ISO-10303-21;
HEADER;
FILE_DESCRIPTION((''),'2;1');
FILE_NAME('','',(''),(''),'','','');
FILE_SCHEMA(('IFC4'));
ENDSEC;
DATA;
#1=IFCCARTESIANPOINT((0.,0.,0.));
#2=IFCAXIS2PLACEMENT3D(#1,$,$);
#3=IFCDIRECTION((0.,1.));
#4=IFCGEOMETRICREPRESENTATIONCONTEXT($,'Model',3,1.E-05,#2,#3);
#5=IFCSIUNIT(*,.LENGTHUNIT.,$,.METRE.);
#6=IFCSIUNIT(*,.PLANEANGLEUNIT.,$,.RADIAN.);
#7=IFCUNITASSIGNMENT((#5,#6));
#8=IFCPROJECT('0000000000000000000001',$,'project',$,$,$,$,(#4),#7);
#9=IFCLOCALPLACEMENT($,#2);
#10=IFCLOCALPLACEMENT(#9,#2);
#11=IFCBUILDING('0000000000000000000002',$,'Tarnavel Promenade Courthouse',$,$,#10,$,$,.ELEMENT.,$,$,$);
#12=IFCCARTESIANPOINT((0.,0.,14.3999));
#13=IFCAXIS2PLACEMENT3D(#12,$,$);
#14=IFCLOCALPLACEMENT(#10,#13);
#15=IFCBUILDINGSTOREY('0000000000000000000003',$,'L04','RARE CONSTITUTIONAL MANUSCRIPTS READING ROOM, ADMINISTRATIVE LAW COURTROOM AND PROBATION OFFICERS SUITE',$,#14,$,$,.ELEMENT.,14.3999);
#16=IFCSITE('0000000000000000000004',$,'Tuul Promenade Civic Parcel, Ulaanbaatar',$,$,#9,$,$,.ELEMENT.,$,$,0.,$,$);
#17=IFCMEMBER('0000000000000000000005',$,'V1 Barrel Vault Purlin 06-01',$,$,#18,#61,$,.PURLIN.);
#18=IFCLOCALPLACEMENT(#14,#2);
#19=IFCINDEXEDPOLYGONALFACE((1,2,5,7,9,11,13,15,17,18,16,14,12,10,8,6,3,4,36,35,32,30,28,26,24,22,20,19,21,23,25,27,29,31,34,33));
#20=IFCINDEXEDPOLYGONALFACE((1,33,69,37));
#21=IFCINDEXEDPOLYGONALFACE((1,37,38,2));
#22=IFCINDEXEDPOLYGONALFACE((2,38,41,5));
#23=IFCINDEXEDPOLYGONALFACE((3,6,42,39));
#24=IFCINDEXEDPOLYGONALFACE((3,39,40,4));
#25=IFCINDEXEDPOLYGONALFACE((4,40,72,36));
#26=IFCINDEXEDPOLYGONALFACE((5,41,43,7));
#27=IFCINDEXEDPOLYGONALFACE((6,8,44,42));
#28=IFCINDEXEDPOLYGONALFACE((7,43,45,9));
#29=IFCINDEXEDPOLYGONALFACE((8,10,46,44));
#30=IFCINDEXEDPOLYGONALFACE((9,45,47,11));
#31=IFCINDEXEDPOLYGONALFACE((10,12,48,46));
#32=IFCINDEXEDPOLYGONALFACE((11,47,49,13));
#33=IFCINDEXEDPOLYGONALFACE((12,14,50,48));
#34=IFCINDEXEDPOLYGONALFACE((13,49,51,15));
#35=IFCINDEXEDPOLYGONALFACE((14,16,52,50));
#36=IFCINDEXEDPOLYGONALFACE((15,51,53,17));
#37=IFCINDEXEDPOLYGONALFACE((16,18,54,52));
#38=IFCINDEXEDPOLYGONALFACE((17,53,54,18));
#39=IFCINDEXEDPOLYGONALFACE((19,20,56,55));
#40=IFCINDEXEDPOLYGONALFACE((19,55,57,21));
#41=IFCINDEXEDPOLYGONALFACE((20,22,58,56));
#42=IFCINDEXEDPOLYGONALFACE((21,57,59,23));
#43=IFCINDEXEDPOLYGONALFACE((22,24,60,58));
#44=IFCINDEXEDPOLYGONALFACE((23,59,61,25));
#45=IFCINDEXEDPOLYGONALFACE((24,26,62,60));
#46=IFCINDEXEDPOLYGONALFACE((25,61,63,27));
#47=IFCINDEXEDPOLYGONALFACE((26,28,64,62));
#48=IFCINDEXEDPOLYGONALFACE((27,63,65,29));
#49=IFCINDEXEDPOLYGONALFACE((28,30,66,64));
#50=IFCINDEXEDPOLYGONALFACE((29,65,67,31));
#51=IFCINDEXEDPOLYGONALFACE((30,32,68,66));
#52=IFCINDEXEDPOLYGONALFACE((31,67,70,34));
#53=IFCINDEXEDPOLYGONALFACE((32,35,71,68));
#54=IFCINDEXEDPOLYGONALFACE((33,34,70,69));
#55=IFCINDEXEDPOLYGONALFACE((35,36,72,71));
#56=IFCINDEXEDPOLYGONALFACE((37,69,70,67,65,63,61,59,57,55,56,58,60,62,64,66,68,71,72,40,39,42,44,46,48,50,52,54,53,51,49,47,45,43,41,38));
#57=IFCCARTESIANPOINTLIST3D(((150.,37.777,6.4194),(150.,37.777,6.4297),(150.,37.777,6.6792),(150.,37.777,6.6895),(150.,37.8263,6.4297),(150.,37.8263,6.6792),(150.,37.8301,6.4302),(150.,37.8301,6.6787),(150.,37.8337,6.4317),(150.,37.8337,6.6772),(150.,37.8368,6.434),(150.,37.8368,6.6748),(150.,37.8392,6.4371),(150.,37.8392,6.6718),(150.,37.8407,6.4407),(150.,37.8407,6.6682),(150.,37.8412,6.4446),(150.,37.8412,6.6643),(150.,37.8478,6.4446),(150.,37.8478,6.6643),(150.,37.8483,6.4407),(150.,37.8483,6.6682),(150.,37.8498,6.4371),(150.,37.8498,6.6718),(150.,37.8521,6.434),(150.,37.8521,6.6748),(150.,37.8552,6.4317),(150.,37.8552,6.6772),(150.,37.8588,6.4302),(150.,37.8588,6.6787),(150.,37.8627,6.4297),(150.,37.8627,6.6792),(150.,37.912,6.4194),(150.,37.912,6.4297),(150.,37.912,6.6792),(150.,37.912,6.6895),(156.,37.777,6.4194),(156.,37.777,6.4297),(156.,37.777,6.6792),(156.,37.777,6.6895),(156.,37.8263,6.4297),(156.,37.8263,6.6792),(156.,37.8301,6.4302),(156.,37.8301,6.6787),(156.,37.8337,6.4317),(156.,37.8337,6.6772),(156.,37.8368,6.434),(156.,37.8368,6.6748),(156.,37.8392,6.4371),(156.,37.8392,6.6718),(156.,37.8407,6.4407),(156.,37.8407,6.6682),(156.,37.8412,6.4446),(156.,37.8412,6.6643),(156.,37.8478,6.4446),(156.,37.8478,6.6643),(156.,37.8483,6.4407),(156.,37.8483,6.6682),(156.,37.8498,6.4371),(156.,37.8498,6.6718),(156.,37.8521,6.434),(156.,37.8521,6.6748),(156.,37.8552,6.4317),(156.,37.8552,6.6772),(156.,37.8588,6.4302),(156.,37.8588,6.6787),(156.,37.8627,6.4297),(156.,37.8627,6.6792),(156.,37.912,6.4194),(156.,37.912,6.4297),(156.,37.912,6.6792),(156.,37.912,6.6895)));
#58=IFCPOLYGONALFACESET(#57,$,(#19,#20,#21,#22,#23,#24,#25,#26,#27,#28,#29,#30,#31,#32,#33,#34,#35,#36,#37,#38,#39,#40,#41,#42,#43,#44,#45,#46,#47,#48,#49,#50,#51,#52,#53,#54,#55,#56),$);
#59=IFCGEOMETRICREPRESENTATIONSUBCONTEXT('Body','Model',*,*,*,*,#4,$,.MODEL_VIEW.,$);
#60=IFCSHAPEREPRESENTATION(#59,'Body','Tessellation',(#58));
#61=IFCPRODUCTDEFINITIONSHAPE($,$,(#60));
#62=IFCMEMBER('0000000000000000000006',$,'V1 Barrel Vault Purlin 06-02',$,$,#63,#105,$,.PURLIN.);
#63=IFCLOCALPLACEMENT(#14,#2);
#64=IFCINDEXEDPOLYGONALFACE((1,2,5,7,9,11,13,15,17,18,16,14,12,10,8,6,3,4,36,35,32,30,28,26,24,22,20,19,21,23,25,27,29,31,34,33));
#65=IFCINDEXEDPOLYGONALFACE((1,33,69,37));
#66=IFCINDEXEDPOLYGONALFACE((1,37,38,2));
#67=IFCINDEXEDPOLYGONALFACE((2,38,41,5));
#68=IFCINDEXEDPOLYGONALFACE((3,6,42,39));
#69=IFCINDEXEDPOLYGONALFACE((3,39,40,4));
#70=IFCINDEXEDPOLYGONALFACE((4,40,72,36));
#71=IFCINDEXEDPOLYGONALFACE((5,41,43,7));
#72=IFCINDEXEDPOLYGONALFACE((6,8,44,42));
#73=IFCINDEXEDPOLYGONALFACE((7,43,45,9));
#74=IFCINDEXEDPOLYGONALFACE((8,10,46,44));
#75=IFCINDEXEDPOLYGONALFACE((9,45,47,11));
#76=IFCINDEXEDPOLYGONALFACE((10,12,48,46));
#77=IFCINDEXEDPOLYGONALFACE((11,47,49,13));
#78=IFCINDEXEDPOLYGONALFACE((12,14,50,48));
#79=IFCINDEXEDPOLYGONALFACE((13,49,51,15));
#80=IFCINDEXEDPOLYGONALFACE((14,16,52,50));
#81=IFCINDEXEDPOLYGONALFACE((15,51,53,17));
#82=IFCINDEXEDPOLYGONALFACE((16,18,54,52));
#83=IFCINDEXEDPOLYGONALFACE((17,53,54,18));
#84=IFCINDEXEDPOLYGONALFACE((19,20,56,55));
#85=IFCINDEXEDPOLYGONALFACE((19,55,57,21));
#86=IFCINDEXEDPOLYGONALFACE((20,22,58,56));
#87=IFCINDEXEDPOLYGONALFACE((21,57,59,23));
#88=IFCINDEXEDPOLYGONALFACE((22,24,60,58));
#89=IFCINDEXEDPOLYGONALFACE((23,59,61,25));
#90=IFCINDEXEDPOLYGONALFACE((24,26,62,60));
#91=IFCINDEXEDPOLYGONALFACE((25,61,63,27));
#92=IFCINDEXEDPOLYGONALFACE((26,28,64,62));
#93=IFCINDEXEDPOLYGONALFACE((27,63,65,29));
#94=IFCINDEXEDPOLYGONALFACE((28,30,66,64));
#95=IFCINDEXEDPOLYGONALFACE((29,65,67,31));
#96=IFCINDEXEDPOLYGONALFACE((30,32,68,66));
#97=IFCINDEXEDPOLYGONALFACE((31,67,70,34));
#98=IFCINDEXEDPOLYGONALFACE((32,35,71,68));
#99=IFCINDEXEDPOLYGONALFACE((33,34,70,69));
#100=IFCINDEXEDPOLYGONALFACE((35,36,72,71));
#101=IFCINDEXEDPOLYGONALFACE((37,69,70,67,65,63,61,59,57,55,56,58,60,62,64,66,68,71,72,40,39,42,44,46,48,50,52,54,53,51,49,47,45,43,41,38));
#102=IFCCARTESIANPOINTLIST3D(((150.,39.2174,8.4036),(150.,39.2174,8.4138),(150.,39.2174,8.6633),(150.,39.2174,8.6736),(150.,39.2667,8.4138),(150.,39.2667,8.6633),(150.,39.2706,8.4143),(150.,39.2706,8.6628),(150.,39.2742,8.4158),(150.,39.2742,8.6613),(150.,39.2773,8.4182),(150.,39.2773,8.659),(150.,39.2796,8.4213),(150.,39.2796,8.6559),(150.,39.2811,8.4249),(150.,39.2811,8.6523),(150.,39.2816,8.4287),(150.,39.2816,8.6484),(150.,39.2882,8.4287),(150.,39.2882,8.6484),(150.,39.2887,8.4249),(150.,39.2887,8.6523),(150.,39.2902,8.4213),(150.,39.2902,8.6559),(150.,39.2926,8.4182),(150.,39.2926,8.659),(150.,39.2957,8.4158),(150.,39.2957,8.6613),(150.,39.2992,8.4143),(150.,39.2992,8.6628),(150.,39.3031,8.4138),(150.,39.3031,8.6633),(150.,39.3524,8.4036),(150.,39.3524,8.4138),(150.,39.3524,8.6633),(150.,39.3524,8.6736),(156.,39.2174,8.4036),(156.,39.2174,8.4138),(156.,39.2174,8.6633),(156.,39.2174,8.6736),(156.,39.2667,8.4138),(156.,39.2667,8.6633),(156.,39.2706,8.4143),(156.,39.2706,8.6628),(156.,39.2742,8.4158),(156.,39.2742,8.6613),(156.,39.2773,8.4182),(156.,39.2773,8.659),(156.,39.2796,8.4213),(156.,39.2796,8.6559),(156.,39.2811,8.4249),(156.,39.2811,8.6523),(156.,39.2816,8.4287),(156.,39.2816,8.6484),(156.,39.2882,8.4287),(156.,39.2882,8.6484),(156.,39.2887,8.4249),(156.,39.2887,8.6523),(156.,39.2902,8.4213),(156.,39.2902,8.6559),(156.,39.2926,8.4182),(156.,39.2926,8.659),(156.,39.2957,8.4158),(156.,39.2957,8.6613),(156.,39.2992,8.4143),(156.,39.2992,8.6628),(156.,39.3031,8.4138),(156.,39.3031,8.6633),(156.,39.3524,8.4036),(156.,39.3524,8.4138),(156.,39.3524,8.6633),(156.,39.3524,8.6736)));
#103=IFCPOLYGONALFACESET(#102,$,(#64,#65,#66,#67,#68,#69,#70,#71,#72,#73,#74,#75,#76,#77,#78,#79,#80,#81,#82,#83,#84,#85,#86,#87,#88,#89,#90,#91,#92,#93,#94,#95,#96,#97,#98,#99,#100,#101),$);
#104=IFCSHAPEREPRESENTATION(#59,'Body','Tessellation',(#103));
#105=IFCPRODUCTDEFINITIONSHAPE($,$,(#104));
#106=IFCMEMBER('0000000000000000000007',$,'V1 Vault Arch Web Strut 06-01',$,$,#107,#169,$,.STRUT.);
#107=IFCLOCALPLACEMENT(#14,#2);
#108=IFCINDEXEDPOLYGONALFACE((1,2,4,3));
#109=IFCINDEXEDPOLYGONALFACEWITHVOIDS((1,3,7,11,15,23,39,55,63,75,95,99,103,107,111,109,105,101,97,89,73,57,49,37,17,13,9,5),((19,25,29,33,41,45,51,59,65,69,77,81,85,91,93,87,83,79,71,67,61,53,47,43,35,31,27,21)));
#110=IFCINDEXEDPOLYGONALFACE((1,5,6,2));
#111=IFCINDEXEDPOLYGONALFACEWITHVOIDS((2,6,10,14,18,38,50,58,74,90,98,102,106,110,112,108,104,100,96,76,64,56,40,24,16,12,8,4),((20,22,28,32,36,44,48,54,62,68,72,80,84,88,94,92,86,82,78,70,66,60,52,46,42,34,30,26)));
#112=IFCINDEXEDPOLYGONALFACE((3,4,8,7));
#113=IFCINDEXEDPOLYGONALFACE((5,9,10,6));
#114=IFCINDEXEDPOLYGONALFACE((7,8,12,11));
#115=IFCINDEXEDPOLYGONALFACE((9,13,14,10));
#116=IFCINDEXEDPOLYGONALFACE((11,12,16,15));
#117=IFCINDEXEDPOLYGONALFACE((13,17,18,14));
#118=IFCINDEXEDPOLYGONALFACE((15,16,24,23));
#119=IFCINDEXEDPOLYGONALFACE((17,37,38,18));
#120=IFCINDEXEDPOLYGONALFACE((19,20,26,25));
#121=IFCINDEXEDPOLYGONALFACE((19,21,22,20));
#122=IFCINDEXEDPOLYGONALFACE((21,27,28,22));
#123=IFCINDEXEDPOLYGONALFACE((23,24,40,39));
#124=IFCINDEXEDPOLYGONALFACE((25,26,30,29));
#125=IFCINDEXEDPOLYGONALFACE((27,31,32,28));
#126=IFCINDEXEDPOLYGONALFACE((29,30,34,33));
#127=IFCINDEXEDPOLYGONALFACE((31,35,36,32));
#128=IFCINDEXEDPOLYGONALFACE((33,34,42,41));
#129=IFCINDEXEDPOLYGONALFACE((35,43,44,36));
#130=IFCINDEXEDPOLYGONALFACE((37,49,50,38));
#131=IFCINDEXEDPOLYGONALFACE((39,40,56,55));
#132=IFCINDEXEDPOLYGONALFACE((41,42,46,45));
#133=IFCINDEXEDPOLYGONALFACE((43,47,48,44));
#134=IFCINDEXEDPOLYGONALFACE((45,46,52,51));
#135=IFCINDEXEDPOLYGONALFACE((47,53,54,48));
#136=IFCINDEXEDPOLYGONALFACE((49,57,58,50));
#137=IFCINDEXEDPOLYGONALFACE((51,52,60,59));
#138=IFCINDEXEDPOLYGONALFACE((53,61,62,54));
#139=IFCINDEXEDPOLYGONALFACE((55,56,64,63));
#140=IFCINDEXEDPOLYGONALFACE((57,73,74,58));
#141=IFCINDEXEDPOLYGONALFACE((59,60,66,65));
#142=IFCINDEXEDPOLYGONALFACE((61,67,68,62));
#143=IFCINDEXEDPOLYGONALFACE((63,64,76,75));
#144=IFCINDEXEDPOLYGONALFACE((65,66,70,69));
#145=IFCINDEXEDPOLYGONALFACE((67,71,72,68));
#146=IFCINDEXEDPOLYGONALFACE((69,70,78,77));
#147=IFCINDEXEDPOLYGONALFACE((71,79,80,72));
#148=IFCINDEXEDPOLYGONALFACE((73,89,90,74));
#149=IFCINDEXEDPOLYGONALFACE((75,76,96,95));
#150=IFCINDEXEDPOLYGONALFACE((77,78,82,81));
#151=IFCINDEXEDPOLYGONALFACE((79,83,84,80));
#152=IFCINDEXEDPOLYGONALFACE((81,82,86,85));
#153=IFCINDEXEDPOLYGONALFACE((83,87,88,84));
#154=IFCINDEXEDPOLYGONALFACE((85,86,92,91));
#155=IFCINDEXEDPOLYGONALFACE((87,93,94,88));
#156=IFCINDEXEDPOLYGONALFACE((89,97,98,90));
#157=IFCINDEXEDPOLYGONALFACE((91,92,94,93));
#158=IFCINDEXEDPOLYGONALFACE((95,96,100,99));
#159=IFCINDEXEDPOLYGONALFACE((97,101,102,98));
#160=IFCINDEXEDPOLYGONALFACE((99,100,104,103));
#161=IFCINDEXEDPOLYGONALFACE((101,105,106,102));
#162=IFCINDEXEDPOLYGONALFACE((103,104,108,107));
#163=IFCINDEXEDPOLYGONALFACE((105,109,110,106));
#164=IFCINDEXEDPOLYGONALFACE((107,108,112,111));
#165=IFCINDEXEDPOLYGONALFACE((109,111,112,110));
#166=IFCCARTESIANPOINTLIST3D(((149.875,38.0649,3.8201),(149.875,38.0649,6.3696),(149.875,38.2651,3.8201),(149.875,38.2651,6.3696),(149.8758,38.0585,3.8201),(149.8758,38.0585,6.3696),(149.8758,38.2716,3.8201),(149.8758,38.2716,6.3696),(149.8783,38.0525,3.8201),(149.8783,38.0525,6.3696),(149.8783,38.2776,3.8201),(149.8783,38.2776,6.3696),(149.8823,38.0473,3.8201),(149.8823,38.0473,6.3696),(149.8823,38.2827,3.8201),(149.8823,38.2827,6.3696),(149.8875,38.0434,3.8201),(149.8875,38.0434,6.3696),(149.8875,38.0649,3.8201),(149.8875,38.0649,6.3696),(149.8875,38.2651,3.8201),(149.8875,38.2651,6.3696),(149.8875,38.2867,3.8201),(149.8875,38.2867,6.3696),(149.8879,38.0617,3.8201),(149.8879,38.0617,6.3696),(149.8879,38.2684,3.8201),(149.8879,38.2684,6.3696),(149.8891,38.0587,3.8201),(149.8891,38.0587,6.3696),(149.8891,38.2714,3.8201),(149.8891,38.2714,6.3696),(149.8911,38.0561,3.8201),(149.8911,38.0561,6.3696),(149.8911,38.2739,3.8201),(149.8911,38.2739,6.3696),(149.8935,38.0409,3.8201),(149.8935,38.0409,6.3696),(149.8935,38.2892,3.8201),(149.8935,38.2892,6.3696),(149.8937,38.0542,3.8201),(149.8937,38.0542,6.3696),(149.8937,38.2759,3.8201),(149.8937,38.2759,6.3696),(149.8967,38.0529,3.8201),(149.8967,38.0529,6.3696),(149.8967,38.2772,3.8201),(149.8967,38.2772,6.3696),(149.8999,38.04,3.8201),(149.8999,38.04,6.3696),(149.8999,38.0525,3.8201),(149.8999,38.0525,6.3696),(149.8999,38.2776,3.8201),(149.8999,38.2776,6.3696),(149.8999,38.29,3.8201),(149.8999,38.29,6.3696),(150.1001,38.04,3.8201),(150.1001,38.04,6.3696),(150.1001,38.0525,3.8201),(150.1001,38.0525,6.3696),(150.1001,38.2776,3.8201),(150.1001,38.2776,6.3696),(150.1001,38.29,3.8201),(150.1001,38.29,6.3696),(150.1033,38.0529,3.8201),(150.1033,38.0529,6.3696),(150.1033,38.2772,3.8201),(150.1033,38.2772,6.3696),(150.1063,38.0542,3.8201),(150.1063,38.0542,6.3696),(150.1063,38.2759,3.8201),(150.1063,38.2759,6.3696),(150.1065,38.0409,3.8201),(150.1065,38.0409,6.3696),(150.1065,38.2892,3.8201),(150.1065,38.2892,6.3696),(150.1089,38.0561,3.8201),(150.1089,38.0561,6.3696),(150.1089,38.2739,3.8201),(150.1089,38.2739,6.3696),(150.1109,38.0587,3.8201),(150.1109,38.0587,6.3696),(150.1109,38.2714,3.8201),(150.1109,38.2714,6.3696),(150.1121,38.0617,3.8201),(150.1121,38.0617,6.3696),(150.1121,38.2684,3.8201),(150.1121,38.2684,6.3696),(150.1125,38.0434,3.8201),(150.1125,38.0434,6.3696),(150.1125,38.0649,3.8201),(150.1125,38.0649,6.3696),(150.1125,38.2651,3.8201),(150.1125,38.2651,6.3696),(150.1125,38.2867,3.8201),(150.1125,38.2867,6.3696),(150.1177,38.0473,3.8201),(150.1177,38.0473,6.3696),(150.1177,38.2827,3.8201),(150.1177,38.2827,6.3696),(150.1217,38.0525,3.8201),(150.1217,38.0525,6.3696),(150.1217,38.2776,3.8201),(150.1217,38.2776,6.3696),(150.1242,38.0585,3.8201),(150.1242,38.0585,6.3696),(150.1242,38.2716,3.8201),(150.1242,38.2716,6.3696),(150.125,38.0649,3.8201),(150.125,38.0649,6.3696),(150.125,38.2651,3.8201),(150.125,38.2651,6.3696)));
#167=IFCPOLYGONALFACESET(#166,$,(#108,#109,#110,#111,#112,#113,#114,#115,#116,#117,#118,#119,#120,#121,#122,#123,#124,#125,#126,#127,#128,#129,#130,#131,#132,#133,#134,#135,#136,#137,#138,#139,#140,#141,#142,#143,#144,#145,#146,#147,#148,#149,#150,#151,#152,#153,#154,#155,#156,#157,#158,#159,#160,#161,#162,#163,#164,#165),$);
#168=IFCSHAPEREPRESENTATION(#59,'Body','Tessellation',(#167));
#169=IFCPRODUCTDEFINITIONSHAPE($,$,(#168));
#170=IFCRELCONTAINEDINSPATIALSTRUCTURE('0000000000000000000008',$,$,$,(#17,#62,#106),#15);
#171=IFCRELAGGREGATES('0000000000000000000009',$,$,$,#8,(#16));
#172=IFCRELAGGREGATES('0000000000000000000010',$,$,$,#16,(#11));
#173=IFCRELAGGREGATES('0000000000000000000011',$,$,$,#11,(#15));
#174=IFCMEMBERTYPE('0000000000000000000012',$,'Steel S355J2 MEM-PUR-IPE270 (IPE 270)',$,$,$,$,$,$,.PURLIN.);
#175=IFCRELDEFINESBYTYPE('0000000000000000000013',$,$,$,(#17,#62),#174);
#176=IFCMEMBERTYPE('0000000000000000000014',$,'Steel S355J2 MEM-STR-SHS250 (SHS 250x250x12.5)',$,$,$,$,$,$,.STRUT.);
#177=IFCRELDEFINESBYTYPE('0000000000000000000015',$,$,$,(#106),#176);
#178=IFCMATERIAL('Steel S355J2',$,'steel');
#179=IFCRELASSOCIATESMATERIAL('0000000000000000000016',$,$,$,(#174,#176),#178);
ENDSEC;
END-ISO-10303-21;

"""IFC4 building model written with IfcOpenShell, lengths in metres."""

from ifc_helpers import new_model, si_unit, direction, frame, origin, origin_2d, place, context, subcontext, project, spatial, hollow_rectangle, i_section, extrude, material, material_profile, profile_set, type_object, element, save


model = new_model("IFC4")

# Units and contexts
model_context = context("Model", 3, precision=1e-05, world=origin(), true_north=direction((0.0, 1.0)))
body_context = subcontext(model_context, "Body", "Model", "MODEL_VIEW")
ifc_project = project(units=[si_unit("LENGTHUNIT", "METRE"), si_unit("PLANEANGLEUNIT", "RADIAN")], contexts=[model_context])

# Site, building, storey
site_placement = place(None, origin())
site = spatial("IfcSite", under=ifc_project, at=site_placement, Name="Tuul Promenade Civic Parcel, Ulaanbaatar", CompositionType="ELEMENT", RefElevation=0.0)
building_placement = place(site_placement, origin())
building = spatial("IfcBuilding", under=site, at=building_placement, Name="Tarnavel Promenade Courthouse", CompositionType="ELEMENT")
storey_placement = place(building_placement, frame((0.0, 0.0, 14.3999)))
storey = spatial("IfcBuildingStorey", under=building, at=storey_placement, Name="L04", Description="RARE CONSTITUTIONAL MANUSCRIPTS READING ROOM, ADMINISTRATIVE LAW COURTROOM AND PROBATION OFFICERS SUITE", CompositionType="ELEMENT", Elevation=14.3999)

# Shared definitions
ifc_material_1 = material(Name="Steel S355J2", Category="steel")

# Members
ifc_material_profile_1 = material_profile(ifc_material_1, i_section(OverallWidth=0.135, OverallDepth=0.27, WebThickness=0.0066, FlangeThickness=0.0103, FilletRadius=0.0149, at=origin_2d()), Name="IPE 270")
ifc_profile_set_1 = profile_set([ifc_material_profile_1], Name="Steel S355J2")
member_type_1 = type_object("IfcMemberType", Name="Steel S355J2 MEM-PUR-IPE270 (IPE 270)", PredefinedType="PURLIN", material=ifc_profile_set_1)
for number, where, z_axis, x_axis, name in (
    (1, (150.0, 37.8445, 6.5544), (1.0, 0.0, 0.0), (0.0, 1.0, 0.0), "V1 Barrel Vault Purlin 06-01"),
    (2, (150.0, 39.2849, 8.5386), (1.0, 0.0, 0.0), (0.0, 1.0, 0.0), "V1 Barrel Vault Purlin 06-02"),
):
    element("IfcMember", number, at=place(storey_placement, frame(where, z_axis=z_axis, x_axis=x_axis)), inside=storey, type_object=member_type_1, Name=name, PredefinedType="PURLIN", context=body_context, shape_type="SweptSolid", body=[
        extrude(i_section(OverallWidth=0.135, OverallDepth=0.27, WebThickness=0.0066, FlangeThickness=0.0103, FilletRadius=0.0149, at=origin_2d()), origin(), (0.0, 0.0, 1.0), 6.0),
    ])
ifc_material_profile_2 = material_profile(ifc_material_1, hollow_rectangle(XDim=0.25, YDim=0.25, WallThickness=0.0125, InnerFilletRadius=0.0125, OuterFilletRadius=0.0249, at=origin_2d()), Name="SHS 250x250x12.5")
ifc_profile_set_2 = profile_set([ifc_material_profile_2], Name="Steel S355J2")
member_type_2 = type_object("IfcMemberType", Name="Steel S355J2 MEM-STR-SHS250 (SHS 250x250x12.5)", PredefinedType="STRUT", material=ifc_profile_set_2)
member_1_placement = place(storey_placement, frame((150.0, 38.165, 3.8201), z_axis=(0.0, 0.0, 1.0), x_axis=(1.0, 0.0, 0.0)))
element("IfcMember", 3, at=member_1_placement, inside=storey, type_object=member_type_2, Name="V1 Vault Arch Web Strut 06-01", PredefinedType="STRUT", context=body_context, shape_type="SweptSolid", body=[
    extrude(hollow_rectangle(XDim=0.25, YDim=0.25, WallThickness=0.0125, InnerFilletRadius=0.0125, OuterFilletRadius=0.0249, at=origin_2d()), origin(), (0.0, 0.0, 1.0), 2.5496),
])

save(model, "model.ifc")
